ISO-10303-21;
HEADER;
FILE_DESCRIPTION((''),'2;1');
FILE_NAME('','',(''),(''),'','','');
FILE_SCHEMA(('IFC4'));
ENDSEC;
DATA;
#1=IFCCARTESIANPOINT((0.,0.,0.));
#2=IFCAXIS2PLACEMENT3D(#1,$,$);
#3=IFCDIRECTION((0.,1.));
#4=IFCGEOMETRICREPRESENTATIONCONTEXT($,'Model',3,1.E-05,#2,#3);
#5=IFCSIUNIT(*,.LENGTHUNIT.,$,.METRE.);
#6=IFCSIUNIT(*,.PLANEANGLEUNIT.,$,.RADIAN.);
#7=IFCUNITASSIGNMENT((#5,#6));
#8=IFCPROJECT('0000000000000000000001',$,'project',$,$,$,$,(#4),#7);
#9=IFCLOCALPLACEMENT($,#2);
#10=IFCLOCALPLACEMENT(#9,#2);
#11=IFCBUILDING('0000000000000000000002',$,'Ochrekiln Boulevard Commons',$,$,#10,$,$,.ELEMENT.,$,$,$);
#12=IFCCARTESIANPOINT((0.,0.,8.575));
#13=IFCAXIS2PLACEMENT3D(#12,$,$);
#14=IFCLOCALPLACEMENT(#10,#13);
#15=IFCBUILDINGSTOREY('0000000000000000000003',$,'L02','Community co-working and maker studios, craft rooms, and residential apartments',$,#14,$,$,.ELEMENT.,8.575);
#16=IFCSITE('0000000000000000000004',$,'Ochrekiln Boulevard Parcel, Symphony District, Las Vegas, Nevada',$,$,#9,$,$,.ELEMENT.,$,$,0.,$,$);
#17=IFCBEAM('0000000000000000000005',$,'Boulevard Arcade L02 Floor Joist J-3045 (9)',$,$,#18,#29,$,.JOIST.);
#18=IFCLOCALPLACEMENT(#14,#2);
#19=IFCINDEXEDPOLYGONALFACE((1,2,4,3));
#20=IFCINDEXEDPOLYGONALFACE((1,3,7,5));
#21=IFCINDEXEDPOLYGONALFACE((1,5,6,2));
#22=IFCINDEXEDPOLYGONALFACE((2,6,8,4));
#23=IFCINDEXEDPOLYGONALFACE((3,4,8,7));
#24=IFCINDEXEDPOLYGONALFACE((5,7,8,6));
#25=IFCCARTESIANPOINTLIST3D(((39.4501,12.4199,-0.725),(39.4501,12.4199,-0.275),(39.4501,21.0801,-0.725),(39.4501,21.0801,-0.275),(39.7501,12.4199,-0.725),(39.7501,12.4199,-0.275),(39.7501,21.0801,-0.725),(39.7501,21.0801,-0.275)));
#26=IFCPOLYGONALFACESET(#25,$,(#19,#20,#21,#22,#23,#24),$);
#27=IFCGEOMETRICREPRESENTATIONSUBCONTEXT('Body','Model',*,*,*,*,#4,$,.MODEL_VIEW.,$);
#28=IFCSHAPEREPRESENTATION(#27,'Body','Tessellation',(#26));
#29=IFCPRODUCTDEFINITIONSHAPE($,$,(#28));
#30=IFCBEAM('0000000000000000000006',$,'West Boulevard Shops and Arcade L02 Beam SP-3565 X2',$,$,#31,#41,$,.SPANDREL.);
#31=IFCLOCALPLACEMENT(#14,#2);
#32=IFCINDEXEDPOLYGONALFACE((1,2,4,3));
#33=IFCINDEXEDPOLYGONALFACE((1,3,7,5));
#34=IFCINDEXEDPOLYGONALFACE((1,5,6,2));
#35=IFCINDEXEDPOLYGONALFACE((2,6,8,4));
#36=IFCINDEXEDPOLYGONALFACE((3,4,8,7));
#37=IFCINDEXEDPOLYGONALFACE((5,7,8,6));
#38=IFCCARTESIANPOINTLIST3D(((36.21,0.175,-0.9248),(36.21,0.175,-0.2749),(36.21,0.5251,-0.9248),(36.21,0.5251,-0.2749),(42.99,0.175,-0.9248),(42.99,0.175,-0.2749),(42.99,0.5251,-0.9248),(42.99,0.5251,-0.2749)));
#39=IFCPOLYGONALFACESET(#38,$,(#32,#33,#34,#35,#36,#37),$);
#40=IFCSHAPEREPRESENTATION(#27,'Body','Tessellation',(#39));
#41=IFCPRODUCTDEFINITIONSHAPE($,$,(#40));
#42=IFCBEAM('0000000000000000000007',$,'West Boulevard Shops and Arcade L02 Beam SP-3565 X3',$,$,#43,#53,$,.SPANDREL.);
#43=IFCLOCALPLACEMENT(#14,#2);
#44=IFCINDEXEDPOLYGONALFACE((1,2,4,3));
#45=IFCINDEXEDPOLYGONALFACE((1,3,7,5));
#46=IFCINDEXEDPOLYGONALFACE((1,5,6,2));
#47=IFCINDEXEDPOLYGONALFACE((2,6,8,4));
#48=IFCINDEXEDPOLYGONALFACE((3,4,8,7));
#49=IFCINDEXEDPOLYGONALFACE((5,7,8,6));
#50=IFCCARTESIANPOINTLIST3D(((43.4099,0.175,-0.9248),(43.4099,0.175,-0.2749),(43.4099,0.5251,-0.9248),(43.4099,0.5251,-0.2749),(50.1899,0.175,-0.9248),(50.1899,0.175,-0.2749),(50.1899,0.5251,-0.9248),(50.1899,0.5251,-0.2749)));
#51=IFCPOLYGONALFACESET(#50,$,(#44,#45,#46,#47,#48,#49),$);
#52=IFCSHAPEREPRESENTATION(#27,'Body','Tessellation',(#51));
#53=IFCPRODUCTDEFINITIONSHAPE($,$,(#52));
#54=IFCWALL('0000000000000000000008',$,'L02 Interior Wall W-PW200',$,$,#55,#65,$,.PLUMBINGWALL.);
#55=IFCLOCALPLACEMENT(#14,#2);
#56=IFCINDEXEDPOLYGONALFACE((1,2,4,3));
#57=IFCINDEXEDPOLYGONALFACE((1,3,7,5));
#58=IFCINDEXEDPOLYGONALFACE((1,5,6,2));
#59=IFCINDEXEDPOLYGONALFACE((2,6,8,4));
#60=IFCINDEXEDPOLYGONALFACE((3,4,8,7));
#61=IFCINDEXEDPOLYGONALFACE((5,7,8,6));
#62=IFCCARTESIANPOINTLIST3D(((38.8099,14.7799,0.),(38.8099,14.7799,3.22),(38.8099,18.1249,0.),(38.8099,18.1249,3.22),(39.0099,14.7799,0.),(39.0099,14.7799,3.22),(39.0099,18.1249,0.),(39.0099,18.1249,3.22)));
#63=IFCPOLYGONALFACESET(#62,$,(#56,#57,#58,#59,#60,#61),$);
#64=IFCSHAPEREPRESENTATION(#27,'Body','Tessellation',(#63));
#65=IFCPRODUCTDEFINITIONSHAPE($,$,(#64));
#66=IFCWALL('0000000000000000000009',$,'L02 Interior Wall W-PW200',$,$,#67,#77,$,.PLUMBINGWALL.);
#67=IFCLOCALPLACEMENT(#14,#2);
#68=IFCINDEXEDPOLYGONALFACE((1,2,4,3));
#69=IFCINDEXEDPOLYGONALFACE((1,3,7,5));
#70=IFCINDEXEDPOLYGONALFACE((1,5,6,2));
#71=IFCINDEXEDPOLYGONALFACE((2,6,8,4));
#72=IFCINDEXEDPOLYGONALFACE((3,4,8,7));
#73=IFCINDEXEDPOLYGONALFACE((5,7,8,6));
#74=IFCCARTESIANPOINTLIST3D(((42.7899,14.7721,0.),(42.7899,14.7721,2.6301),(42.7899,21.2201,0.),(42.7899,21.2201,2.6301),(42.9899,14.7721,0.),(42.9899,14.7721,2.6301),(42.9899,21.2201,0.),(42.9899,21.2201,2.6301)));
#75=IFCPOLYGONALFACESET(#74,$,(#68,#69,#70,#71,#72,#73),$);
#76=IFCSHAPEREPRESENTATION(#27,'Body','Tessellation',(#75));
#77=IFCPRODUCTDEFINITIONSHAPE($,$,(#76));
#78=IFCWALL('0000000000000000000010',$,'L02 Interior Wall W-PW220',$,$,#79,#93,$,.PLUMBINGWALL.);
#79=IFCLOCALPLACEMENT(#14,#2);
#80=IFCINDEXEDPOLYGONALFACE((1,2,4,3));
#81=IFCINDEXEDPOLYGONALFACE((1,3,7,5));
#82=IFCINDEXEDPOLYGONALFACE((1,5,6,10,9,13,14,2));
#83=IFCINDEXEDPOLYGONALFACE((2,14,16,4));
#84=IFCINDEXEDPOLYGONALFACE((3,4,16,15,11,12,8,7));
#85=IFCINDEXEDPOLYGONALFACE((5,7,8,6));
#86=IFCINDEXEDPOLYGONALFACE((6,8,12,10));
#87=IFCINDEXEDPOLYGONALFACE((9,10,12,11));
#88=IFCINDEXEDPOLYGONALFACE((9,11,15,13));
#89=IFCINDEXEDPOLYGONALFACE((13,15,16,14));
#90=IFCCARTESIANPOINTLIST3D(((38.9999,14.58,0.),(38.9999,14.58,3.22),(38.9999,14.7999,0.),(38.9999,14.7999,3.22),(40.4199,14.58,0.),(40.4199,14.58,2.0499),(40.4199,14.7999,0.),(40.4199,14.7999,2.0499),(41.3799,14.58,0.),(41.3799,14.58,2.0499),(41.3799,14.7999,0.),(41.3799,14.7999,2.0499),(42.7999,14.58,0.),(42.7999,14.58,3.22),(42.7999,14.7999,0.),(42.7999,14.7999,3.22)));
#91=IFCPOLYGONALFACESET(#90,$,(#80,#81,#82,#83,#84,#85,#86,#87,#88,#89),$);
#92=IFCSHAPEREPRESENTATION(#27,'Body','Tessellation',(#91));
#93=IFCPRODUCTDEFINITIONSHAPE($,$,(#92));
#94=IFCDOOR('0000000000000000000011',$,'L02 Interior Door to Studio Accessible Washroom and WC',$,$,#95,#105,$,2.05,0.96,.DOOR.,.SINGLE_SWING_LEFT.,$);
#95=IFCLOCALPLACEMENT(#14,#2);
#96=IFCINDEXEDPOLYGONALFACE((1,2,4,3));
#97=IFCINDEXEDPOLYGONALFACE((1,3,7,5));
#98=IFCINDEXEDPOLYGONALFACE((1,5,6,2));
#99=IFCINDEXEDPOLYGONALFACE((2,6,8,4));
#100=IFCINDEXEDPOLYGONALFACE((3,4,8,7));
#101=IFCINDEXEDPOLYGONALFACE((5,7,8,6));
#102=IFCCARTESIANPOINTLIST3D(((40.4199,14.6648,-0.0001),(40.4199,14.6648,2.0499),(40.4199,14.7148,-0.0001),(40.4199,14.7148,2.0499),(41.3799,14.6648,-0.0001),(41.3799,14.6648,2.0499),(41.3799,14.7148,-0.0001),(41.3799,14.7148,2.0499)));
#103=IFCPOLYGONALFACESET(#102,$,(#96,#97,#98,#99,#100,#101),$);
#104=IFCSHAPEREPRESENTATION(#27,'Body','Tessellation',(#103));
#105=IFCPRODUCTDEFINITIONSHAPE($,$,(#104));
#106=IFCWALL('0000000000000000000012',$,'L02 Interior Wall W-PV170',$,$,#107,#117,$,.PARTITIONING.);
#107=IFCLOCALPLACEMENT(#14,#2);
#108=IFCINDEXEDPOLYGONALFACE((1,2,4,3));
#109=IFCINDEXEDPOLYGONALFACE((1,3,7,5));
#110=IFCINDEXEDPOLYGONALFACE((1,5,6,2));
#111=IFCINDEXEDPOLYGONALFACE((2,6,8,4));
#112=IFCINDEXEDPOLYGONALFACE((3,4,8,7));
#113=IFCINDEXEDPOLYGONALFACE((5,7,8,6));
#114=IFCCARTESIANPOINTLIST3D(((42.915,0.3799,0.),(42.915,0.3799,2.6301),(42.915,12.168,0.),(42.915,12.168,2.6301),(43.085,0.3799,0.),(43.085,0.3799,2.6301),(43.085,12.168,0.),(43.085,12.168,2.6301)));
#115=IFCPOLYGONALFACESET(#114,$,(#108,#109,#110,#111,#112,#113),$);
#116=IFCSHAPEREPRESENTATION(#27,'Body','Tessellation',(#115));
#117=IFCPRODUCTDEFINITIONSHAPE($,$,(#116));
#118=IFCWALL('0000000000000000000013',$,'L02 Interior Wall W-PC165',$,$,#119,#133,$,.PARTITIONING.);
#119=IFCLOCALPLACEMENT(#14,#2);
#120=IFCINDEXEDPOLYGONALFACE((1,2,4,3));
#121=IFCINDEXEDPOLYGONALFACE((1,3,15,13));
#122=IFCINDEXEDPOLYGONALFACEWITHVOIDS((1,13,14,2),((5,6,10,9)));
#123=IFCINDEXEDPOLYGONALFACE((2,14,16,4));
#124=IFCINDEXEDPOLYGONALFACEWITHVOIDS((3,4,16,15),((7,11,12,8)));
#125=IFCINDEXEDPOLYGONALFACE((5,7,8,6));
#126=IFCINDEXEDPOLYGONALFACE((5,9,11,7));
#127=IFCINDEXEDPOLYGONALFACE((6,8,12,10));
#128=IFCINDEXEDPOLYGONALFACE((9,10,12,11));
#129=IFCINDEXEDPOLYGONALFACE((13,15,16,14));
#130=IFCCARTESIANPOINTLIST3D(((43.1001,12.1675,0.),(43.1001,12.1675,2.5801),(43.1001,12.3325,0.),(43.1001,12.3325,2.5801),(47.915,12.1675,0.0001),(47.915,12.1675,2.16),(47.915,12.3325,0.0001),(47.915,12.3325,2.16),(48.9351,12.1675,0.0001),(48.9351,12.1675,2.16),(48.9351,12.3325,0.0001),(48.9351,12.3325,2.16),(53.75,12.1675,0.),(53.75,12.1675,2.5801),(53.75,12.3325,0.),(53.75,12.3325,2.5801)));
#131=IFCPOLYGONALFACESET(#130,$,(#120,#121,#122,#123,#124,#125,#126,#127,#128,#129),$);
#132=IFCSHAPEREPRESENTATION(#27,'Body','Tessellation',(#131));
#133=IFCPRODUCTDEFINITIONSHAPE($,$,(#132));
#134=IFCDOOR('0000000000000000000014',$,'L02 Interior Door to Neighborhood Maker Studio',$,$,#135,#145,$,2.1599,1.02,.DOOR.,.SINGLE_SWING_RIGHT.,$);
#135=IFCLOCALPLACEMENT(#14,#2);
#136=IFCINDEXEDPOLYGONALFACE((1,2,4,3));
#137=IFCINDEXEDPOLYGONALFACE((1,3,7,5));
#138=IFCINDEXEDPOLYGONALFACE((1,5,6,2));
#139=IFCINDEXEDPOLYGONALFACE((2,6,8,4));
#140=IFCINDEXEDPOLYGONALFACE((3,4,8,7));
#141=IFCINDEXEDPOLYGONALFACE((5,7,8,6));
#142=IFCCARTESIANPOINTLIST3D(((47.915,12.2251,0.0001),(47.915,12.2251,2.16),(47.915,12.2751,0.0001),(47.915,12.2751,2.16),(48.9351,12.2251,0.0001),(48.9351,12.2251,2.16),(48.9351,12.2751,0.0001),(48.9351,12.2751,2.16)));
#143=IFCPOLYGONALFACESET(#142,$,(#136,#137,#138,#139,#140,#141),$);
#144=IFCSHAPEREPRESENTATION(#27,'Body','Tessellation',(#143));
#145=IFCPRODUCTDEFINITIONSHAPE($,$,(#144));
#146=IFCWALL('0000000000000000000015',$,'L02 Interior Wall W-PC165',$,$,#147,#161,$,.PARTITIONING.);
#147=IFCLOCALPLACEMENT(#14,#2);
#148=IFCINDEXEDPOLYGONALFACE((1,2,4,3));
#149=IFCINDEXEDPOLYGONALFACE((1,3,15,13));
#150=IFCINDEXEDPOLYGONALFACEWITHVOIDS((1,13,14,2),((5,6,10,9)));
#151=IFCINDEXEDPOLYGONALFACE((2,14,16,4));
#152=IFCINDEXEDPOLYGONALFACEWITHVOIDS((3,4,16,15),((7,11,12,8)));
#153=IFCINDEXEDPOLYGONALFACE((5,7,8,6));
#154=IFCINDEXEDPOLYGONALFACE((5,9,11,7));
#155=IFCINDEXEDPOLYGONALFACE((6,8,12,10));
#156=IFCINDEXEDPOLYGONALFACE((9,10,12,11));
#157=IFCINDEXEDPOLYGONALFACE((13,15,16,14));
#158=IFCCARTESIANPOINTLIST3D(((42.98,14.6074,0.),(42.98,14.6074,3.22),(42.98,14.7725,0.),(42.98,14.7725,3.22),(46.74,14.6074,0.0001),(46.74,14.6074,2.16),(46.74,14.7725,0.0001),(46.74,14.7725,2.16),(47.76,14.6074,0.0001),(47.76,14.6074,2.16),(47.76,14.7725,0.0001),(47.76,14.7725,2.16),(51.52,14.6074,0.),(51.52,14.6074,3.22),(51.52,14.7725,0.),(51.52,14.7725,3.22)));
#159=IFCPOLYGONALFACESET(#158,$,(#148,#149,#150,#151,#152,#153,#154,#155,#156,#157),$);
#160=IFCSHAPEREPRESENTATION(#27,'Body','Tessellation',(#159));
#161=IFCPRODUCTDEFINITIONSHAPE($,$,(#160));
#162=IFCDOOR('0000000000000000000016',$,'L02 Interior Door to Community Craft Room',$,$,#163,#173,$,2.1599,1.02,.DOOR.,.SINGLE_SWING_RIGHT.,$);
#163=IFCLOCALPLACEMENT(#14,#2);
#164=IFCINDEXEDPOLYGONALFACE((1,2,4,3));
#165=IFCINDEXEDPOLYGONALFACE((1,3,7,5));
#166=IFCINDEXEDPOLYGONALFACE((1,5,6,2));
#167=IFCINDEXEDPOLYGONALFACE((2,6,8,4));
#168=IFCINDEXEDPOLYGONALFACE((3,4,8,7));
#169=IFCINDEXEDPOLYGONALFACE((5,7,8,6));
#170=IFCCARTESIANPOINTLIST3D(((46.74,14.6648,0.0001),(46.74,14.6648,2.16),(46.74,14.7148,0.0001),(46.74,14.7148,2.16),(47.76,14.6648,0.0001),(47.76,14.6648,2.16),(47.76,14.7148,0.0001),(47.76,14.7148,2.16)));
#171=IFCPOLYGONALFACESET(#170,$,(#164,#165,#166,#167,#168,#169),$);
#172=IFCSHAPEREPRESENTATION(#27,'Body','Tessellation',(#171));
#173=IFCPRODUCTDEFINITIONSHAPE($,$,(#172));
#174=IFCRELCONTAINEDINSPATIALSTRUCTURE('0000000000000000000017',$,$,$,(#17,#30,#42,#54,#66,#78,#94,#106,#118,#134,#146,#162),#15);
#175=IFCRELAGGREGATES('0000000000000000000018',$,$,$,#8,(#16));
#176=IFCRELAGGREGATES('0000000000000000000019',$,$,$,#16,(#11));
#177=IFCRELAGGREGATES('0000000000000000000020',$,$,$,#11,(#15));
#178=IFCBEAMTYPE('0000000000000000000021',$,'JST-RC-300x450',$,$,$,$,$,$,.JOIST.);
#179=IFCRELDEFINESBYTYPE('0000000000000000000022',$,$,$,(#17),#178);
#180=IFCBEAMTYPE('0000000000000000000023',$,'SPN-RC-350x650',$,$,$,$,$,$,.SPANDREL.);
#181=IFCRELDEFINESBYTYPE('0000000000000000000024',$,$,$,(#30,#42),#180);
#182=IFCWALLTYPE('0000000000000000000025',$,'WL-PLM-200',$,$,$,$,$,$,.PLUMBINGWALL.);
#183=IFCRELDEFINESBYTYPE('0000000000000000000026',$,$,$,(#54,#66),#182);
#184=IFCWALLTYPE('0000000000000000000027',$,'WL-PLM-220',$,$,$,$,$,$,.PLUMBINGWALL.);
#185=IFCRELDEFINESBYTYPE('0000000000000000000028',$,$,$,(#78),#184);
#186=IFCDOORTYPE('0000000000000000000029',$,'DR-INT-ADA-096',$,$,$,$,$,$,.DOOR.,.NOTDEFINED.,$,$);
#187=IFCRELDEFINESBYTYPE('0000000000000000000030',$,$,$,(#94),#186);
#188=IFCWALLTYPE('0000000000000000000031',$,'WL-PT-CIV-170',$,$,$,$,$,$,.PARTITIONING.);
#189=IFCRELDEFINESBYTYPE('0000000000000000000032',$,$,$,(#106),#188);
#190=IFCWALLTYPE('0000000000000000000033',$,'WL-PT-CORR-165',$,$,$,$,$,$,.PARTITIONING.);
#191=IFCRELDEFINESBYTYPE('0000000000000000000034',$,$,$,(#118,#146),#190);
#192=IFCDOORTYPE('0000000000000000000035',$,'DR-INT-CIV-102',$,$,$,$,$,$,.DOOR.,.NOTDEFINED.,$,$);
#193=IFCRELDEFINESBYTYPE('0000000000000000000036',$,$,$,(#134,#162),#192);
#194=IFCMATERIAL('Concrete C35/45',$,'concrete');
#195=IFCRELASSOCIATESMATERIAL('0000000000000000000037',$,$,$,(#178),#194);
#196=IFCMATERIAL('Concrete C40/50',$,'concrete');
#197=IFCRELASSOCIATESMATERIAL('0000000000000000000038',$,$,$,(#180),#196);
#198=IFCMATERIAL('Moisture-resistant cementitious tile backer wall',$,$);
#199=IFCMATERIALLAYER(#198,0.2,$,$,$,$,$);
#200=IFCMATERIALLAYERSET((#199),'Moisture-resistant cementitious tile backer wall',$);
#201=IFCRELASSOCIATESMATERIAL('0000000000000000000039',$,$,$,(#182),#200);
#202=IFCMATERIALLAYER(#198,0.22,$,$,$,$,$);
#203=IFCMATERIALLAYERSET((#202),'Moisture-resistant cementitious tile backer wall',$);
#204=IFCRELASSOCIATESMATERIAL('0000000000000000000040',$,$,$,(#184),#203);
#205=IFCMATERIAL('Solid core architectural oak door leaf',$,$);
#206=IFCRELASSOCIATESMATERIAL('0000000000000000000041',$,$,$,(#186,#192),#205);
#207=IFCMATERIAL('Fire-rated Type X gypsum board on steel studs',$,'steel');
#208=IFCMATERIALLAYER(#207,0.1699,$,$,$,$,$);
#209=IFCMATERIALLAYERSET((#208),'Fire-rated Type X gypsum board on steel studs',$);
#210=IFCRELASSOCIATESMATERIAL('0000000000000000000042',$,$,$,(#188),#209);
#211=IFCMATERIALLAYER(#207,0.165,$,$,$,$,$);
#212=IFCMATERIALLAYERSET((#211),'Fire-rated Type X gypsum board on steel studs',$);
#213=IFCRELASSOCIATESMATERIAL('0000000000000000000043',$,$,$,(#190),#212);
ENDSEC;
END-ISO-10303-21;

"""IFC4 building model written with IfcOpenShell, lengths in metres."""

from ifc_helpers import new_model, si_unit, direction, frame, frame_2d, origin, origin_2d, place, context, subcontext, project, spatial, rectangle, extrude, material, layer, layer_set, material_profile, profile_set, type_object, element, fill, save


model = new_model("IFC4")

# Units and contexts
model_context = context("Model", 3, precision=1e-05, world=origin(), true_north=direction((0.0, 1.0)))
body_context = subcontext(model_context, "Body", "Model", "MODEL_VIEW")
ifc_project = project(units=[si_unit("LENGTHUNIT", "METRE"), si_unit("PLANEANGLEUNIT", "RADIAN")], contexts=[model_context])

# Site, building, storey
site_placement = place(None, origin())
site = spatial("IfcSite", under=ifc_project, at=site_placement, Name="Ochrekiln Boulevard Parcel, Symphony District, Las Vegas, Nevada", CompositionType="ELEMENT", RefElevation=0.0)
building_placement = place(site_placement, origin())
building = spatial("IfcBuilding", under=site, at=building_placement, Name="Ochrekiln Boulevard Commons", CompositionType="ELEMENT")
storey_placement = place(building_placement, frame((0.0, 0.0, 8.575)))
storey = spatial("IfcBuildingStorey", under=building, at=storey_placement, Name="L02", Description="Community co-working and maker studios, craft rooms, and residential apartments", CompositionType="ELEMENT", Elevation=8.575)

# Shared definitions
ifc_material_1 = material(Name="Concrete C35/45", Category="concrete")
ifc_material_2 = material(Name="Concrete C40/50", Category="concrete")

# Beams
ifc_material_profile_1 = material_profile(ifc_material_1, rectangle(XDim=0.3, YDim=0.45, at=origin_2d()), Name="RC-JST-300x450")
ifc_profile_set_1 = profile_set([ifc_material_profile_1], Name="Concrete C35/45")
beam_type_1 = type_object("IfcBeamType", Name="JST-RC-300x450", PredefinedType="JOIST", material=ifc_profile_set_1)
beam_1_placement = place(storey_placement, frame((39.6001, 12.4199, -0.5), z_axis=(0.0, 1.0, 0.0), x_axis=(-1.0, 0.0, 0.0)))
element("IfcBeam", 1, at=beam_1_placement, inside=storey, type_object=beam_type_1, Name="Boulevard Arcade L02 Floor Joist J-3045 (9)", PredefinedType="JOIST", context=body_context, shape_type="SweptSolid", body=[
    extrude(rectangle(XDim=0.3, YDim=0.45, at=origin_2d()), origin(), (0.0, 0.0, 1.0), 8.6602),
])
ifc_material_profile_2 = material_profile(ifc_material_2, rectangle(XDim=0.3501, YDim=0.6499, at=origin_2d()), Name="RC-SPN-350x650")
ifc_profile_set_2 = profile_set([ifc_material_profile_2], Name="Concrete C40/50")
beam_type_2 = type_object("IfcBeamType", Name="SPN-RC-350x650", PredefinedType="SPANDREL", material=ifc_profile_set_2)
for number, where, z_axis, x_axis, name in (
    (2, (36.21, 0.3501, -0.5999), (1.0, 0.0, 0.0), (0.0, 1.0, 0.0), "West Boulevard Shops and Arcade L02 Beam SP-3565 X2"),
    (3, (43.4099, 0.3501, -0.5999), (1.0, 0.0, 0.0), (0.0, 1.0, 0.0), "West Boulevard Shops and Arcade L02 Beam SP-3565 X3"),
):
    element("IfcBeam", number, at=place(storey_placement, frame(where, z_axis=z_axis, x_axis=x_axis)), inside=storey, type_object=beam_type_2, Name=name, PredefinedType="SPANDREL", context=body_context, shape_type="SweptSolid", body=[
        extrude(rectangle(XDim=0.3501, YDim=0.6499, at=origin_2d()), origin(), (0.0, 0.0, 1.0), 6.78),
    ])

# Walls
ifc_material_3 = material(Name="Moisture-resistant cementitious tile backer wall")
ifc_layer_1 = layer(ifc_material_3, 0.2)
ifc_layer_set_1 = layer_set([ifc_layer_1], Name="Moisture-resistant cementitious tile backer wall")
wall_type_1 = type_object("IfcWallType", Name="WL-PLM-200", PredefinedType="PLUMBINGWALL", material=ifc_layer_set_1)
wall_1_placement = place(storey_placement, frame((38.9099, 14.78, 0.0), z_axis=(0.0, 0.0, 1.0), x_axis=(0.0, 1.0, 0.0)))
element("IfcWall", 4, at=wall_1_placement, inside=storey, type_object=wall_type_1, Name="L02 Interior Wall W-PW200", PredefinedType="PLUMBINGWALL", context=body_context, shape_type="SweptSolid", body=[
    extrude(rectangle(XDim=3.345, YDim=0.2, at=frame_2d((1.6724, 0.0))), origin(), (0.0, 0.0, 1.0), 3.22),
])
wall_2_placement = place(storey_placement, frame((42.8899, 14.772, 0.0), z_axis=(0.0, 0.0, 1.0), x_axis=(0.0, 1.0, 0.0)))
element("IfcWall", 5, at=wall_2_placement, inside=storey, type_object=wall_type_1, Name="L02 Interior Wall W-PW200", PredefinedType="PLUMBINGWALL", context=body_context, shape_type="SweptSolid", body=[
    extrude(rectangle(XDim=6.448, YDim=0.2, at=frame_2d((3.2241, 0.0))), origin(), (0.0, 0.0, 1.0), 2.6301),
])

# Wall, opening, door
ifc_layer_2 = layer(ifc_material_3, 0.22)
ifc_layer_set_2 = layer_set([ifc_layer_2], Name="Moisture-resistant cementitious tile backer wall")
wall_type_2 = type_object("IfcWallType", Name="WL-PLM-220", PredefinedType="PLUMBINGWALL", material=ifc_layer_set_2)
wall_3_placement = place(storey_placement, frame((39.0, 14.6899, 0.0), z_axis=(0.0, 0.0, 1.0), x_axis=(1.0, 0.0, 0.0)))
wall_3 = element("IfcWall", 6, at=wall_3_placement, inside=storey, type_object=wall_type_2, Name="L02 Interior Wall W-PW220", PredefinedType="PLUMBINGWALL", context=body_context, shape_type="SweptSolid", body=[
    extrude(rectangle(XDim=3.8, YDim=0.22, at=frame_2d((1.8999, 0.0))), origin(), (0.0, 0.0, 1.0), 3.22),
])
opening_1_placement = place(wall_3_placement, frame((1.4199, 0.0, 0.0)))
opening_1 = element("IfcOpeningElement", 7, at=opening_1_placement, cuts=wall_3, PredefinedType="OPENING", context=body_context, shape_type="SweptSolid", body=[
    extrude(rectangle(XDim=0.96, YDim=2.05, at=frame_2d((0.48, 1.0249))), frame((0.0, 0.1199, 0.0), z_axis=(0.0, -1.0, 0.0), x_axis=(1.0, 0.0, 0.0)), (0.0, 0.0, 1.0), 0.24),
])
ifc_material_4 = material(Name="Solid core architectural oak door leaf")
door_type_1 = type_object("IfcDoorType", Name="DR-INT-ADA-096", OperationType="NOTDEFINED", PredefinedType="DOOR", material=ifc_material_4)
door_1_placement = place(opening_1_placement, origin())
door_1 = element("IfcDoor", 8, at=door_1_placement, inside=storey, type_object=door_type_1, Name="L02 Interior Door to Studio Accessible Washroom and WC", OperationType="SINGLE_SWING_LEFT", OverallHeight=2.05, OverallWidth=0.96, PredefinedType="DOOR", context=body_context, shape_type="SweptSolid", body=[
    extrude(rectangle(XDim=0.96, YDim=2.05, at=frame_2d((0.48, 1.0249))), frame((0.0, 0.0249, 0.0), z_axis=(0.0, -1.0, 0.0), x_axis=(1.0, 0.0, 0.0)), (0.0, 0.0, 1.0), 0.05),
])
fill(opening_1, door_1)

# Wall
ifc_material_5 = material(Name="Fire-rated Type X gypsum board on steel studs", Category="steel")
ifc_layer_3 = layer(ifc_material_5, 0.1699)
ifc_layer_set_3 = layer_set([ifc_layer_3], Name="Fire-rated Type X gypsum board on steel studs")
wall_type_3 = type_object("IfcWallType", Name="WL-PT-CIV-170", PredefinedType="PARTITIONING", material=ifc_layer_set_3)
wall_4_placement = place(storey_placement, frame((43.0, 0.3799, 0.0), z_axis=(0.0, 0.0, 1.0), x_axis=(0.0, 1.0, 0.0)))
element("IfcWall", 9, at=wall_4_placement, inside=storey, type_object=wall_type_3, Name="L02 Interior Wall W-PV170", PredefinedType="PARTITIONING", context=body_context, shape_type="SweptSolid", body=[
    extrude(rectangle(XDim=11.7881, YDim=0.1699, at=frame_2d((5.894, 0.0))), origin(), (0.0, 0.0, 1.0), 2.6301),
])

# Walls, openings, doors
ifc_layer_4 = layer(ifc_material_5, 0.165)
ifc_layer_set_4 = layer_set([ifc_layer_4], Name="Fire-rated Type X gypsum board on steel studs")
wall_type_4 = type_object("IfcWallType", Name="WL-PT-CORR-165", PredefinedType="PARTITIONING", material=ifc_layer_set_4)
wall_5_placement = place(storey_placement, frame((43.1001, 12.25, 0.0), z_axis=(0.0, 0.0, 1.0), x_axis=(1.0, 0.0, 0.0)))
wall_5 = element("IfcWall", 10, at=wall_5_placement, inside=storey, type_object=wall_type_4, Name="L02 Interior Wall W-PC165", PredefinedType="PARTITIONING", context=body_context, shape_type="SweptSolid", body=[
    extrude(rectangle(XDim=10.6499, YDim=0.165, at=frame_2d((5.325, 0.0))), origin(), (0.0, 0.0, 1.0), 2.5801),
])
opening_2_placement = place(wall_5_placement, frame((4.8149, 0.0, 0.0)))
opening_2 = element("IfcOpeningElement", 11, at=opening_2_placement, cuts=wall_5, PredefinedType="OPENING", context=body_context, shape_type="SweptSolid", body=[
    extrude(rectangle(XDim=1.02, YDim=2.1599, at=frame_2d((0.51, 1.0801))), frame((0.0, 0.0925, 0.0), z_axis=(0.0, -1.0, 0.0), x_axis=(1.0, 0.0, 0.0)), (0.0, 0.0, 1.0), 0.1851),
])
door_type_2 = type_object("IfcDoorType", Name="DR-INT-CIV-102", OperationType="NOTDEFINED", PredefinedType="DOOR", material=ifc_material_4)
door_2_placement = place(opening_2_placement, frame((1.02, 0.0, 0.0), z_axis=(0.0, 0.0, 1.0), x_axis=(-1.0, 0.0, 0.0)))
door_2 = element("IfcDoor", 12, at=door_2_placement, inside=storey, type_object=door_type_2, Name="L02 Interior Door to Neighborhood Maker Studio", OperationType="SINGLE_SWING_RIGHT", OverallHeight=2.1599, OverallWidth=1.02, PredefinedType="DOOR", context=body_context, shape_type="SweptSolid", body=[
    extrude(rectangle(XDim=1.02, YDim=2.1599, at=frame_2d((0.51, 1.0801))), frame((0.0, 0.0249, 0.0), z_axis=(0.0, -1.0, 0.0), x_axis=(1.0, 0.0, 0.0)), (0.0, 0.0, 1.0), 0.05),
])
fill(opening_2, door_2)
wall_6_placement = place(storey_placement, frame((42.98, 14.6899, 0.0), z_axis=(0.0, 0.0, 1.0), x_axis=(1.0, 0.0, 0.0)))
wall_6 = element("IfcWall", 13, at=wall_6_placement, inside=storey, type_object=wall_type_4, Name="L02 Interior Wall W-PC165", PredefinedType="PARTITIONING", context=body_context, shape_type="SweptSolid", body=[
    extrude(rectangle(XDim=8.54, YDim=0.165, at=frame_2d((4.27, 0.0))), origin(), (0.0, 0.0, 1.0), 3.22),
])
opening_3_placement = place(wall_6_placement, frame((3.76, 0.0, 0.0)))
opening_3 = element("IfcOpeningElement", 14, at=opening_3_placement, cuts=wall_6, PredefinedType="OPENING", context=body_context, shape_type="SweptSolid", body=[
    extrude(rectangle(XDim=1.02, YDim=2.1599, at=frame_2d((0.51, 1.0801))), frame((0.0, 0.0925, 0.0), z_axis=(0.0, -1.0, 0.0), x_axis=(1.0, 0.0, 0.0)), (0.0, 0.0, 1.0), 0.1851),
])
door_3_placement = place(opening_3_placement, origin())
door_3 = element("IfcDoor", 15, at=door_3_placement, inside=storey, type_object=door_type_2, Name="L02 Interior Door to Community Craft Room", OperationType="SINGLE_SWING_RIGHT", OverallHeight=2.1599, OverallWidth=1.02, PredefinedType="DOOR", context=body_context, shape_type="SweptSolid", body=[
    extrude(rectangle(XDim=1.02, YDim=2.1599, at=frame_2d((0.51, 1.0801))), frame((0.0, 0.0249, 0.0), z_axis=(0.0, -1.0, 0.0), x_axis=(1.0, 0.0, 0.0)), (0.0, 0.0, 1.0), 0.05),
])
fill(opening_3, door_3)

save(model, "model.ifc")
